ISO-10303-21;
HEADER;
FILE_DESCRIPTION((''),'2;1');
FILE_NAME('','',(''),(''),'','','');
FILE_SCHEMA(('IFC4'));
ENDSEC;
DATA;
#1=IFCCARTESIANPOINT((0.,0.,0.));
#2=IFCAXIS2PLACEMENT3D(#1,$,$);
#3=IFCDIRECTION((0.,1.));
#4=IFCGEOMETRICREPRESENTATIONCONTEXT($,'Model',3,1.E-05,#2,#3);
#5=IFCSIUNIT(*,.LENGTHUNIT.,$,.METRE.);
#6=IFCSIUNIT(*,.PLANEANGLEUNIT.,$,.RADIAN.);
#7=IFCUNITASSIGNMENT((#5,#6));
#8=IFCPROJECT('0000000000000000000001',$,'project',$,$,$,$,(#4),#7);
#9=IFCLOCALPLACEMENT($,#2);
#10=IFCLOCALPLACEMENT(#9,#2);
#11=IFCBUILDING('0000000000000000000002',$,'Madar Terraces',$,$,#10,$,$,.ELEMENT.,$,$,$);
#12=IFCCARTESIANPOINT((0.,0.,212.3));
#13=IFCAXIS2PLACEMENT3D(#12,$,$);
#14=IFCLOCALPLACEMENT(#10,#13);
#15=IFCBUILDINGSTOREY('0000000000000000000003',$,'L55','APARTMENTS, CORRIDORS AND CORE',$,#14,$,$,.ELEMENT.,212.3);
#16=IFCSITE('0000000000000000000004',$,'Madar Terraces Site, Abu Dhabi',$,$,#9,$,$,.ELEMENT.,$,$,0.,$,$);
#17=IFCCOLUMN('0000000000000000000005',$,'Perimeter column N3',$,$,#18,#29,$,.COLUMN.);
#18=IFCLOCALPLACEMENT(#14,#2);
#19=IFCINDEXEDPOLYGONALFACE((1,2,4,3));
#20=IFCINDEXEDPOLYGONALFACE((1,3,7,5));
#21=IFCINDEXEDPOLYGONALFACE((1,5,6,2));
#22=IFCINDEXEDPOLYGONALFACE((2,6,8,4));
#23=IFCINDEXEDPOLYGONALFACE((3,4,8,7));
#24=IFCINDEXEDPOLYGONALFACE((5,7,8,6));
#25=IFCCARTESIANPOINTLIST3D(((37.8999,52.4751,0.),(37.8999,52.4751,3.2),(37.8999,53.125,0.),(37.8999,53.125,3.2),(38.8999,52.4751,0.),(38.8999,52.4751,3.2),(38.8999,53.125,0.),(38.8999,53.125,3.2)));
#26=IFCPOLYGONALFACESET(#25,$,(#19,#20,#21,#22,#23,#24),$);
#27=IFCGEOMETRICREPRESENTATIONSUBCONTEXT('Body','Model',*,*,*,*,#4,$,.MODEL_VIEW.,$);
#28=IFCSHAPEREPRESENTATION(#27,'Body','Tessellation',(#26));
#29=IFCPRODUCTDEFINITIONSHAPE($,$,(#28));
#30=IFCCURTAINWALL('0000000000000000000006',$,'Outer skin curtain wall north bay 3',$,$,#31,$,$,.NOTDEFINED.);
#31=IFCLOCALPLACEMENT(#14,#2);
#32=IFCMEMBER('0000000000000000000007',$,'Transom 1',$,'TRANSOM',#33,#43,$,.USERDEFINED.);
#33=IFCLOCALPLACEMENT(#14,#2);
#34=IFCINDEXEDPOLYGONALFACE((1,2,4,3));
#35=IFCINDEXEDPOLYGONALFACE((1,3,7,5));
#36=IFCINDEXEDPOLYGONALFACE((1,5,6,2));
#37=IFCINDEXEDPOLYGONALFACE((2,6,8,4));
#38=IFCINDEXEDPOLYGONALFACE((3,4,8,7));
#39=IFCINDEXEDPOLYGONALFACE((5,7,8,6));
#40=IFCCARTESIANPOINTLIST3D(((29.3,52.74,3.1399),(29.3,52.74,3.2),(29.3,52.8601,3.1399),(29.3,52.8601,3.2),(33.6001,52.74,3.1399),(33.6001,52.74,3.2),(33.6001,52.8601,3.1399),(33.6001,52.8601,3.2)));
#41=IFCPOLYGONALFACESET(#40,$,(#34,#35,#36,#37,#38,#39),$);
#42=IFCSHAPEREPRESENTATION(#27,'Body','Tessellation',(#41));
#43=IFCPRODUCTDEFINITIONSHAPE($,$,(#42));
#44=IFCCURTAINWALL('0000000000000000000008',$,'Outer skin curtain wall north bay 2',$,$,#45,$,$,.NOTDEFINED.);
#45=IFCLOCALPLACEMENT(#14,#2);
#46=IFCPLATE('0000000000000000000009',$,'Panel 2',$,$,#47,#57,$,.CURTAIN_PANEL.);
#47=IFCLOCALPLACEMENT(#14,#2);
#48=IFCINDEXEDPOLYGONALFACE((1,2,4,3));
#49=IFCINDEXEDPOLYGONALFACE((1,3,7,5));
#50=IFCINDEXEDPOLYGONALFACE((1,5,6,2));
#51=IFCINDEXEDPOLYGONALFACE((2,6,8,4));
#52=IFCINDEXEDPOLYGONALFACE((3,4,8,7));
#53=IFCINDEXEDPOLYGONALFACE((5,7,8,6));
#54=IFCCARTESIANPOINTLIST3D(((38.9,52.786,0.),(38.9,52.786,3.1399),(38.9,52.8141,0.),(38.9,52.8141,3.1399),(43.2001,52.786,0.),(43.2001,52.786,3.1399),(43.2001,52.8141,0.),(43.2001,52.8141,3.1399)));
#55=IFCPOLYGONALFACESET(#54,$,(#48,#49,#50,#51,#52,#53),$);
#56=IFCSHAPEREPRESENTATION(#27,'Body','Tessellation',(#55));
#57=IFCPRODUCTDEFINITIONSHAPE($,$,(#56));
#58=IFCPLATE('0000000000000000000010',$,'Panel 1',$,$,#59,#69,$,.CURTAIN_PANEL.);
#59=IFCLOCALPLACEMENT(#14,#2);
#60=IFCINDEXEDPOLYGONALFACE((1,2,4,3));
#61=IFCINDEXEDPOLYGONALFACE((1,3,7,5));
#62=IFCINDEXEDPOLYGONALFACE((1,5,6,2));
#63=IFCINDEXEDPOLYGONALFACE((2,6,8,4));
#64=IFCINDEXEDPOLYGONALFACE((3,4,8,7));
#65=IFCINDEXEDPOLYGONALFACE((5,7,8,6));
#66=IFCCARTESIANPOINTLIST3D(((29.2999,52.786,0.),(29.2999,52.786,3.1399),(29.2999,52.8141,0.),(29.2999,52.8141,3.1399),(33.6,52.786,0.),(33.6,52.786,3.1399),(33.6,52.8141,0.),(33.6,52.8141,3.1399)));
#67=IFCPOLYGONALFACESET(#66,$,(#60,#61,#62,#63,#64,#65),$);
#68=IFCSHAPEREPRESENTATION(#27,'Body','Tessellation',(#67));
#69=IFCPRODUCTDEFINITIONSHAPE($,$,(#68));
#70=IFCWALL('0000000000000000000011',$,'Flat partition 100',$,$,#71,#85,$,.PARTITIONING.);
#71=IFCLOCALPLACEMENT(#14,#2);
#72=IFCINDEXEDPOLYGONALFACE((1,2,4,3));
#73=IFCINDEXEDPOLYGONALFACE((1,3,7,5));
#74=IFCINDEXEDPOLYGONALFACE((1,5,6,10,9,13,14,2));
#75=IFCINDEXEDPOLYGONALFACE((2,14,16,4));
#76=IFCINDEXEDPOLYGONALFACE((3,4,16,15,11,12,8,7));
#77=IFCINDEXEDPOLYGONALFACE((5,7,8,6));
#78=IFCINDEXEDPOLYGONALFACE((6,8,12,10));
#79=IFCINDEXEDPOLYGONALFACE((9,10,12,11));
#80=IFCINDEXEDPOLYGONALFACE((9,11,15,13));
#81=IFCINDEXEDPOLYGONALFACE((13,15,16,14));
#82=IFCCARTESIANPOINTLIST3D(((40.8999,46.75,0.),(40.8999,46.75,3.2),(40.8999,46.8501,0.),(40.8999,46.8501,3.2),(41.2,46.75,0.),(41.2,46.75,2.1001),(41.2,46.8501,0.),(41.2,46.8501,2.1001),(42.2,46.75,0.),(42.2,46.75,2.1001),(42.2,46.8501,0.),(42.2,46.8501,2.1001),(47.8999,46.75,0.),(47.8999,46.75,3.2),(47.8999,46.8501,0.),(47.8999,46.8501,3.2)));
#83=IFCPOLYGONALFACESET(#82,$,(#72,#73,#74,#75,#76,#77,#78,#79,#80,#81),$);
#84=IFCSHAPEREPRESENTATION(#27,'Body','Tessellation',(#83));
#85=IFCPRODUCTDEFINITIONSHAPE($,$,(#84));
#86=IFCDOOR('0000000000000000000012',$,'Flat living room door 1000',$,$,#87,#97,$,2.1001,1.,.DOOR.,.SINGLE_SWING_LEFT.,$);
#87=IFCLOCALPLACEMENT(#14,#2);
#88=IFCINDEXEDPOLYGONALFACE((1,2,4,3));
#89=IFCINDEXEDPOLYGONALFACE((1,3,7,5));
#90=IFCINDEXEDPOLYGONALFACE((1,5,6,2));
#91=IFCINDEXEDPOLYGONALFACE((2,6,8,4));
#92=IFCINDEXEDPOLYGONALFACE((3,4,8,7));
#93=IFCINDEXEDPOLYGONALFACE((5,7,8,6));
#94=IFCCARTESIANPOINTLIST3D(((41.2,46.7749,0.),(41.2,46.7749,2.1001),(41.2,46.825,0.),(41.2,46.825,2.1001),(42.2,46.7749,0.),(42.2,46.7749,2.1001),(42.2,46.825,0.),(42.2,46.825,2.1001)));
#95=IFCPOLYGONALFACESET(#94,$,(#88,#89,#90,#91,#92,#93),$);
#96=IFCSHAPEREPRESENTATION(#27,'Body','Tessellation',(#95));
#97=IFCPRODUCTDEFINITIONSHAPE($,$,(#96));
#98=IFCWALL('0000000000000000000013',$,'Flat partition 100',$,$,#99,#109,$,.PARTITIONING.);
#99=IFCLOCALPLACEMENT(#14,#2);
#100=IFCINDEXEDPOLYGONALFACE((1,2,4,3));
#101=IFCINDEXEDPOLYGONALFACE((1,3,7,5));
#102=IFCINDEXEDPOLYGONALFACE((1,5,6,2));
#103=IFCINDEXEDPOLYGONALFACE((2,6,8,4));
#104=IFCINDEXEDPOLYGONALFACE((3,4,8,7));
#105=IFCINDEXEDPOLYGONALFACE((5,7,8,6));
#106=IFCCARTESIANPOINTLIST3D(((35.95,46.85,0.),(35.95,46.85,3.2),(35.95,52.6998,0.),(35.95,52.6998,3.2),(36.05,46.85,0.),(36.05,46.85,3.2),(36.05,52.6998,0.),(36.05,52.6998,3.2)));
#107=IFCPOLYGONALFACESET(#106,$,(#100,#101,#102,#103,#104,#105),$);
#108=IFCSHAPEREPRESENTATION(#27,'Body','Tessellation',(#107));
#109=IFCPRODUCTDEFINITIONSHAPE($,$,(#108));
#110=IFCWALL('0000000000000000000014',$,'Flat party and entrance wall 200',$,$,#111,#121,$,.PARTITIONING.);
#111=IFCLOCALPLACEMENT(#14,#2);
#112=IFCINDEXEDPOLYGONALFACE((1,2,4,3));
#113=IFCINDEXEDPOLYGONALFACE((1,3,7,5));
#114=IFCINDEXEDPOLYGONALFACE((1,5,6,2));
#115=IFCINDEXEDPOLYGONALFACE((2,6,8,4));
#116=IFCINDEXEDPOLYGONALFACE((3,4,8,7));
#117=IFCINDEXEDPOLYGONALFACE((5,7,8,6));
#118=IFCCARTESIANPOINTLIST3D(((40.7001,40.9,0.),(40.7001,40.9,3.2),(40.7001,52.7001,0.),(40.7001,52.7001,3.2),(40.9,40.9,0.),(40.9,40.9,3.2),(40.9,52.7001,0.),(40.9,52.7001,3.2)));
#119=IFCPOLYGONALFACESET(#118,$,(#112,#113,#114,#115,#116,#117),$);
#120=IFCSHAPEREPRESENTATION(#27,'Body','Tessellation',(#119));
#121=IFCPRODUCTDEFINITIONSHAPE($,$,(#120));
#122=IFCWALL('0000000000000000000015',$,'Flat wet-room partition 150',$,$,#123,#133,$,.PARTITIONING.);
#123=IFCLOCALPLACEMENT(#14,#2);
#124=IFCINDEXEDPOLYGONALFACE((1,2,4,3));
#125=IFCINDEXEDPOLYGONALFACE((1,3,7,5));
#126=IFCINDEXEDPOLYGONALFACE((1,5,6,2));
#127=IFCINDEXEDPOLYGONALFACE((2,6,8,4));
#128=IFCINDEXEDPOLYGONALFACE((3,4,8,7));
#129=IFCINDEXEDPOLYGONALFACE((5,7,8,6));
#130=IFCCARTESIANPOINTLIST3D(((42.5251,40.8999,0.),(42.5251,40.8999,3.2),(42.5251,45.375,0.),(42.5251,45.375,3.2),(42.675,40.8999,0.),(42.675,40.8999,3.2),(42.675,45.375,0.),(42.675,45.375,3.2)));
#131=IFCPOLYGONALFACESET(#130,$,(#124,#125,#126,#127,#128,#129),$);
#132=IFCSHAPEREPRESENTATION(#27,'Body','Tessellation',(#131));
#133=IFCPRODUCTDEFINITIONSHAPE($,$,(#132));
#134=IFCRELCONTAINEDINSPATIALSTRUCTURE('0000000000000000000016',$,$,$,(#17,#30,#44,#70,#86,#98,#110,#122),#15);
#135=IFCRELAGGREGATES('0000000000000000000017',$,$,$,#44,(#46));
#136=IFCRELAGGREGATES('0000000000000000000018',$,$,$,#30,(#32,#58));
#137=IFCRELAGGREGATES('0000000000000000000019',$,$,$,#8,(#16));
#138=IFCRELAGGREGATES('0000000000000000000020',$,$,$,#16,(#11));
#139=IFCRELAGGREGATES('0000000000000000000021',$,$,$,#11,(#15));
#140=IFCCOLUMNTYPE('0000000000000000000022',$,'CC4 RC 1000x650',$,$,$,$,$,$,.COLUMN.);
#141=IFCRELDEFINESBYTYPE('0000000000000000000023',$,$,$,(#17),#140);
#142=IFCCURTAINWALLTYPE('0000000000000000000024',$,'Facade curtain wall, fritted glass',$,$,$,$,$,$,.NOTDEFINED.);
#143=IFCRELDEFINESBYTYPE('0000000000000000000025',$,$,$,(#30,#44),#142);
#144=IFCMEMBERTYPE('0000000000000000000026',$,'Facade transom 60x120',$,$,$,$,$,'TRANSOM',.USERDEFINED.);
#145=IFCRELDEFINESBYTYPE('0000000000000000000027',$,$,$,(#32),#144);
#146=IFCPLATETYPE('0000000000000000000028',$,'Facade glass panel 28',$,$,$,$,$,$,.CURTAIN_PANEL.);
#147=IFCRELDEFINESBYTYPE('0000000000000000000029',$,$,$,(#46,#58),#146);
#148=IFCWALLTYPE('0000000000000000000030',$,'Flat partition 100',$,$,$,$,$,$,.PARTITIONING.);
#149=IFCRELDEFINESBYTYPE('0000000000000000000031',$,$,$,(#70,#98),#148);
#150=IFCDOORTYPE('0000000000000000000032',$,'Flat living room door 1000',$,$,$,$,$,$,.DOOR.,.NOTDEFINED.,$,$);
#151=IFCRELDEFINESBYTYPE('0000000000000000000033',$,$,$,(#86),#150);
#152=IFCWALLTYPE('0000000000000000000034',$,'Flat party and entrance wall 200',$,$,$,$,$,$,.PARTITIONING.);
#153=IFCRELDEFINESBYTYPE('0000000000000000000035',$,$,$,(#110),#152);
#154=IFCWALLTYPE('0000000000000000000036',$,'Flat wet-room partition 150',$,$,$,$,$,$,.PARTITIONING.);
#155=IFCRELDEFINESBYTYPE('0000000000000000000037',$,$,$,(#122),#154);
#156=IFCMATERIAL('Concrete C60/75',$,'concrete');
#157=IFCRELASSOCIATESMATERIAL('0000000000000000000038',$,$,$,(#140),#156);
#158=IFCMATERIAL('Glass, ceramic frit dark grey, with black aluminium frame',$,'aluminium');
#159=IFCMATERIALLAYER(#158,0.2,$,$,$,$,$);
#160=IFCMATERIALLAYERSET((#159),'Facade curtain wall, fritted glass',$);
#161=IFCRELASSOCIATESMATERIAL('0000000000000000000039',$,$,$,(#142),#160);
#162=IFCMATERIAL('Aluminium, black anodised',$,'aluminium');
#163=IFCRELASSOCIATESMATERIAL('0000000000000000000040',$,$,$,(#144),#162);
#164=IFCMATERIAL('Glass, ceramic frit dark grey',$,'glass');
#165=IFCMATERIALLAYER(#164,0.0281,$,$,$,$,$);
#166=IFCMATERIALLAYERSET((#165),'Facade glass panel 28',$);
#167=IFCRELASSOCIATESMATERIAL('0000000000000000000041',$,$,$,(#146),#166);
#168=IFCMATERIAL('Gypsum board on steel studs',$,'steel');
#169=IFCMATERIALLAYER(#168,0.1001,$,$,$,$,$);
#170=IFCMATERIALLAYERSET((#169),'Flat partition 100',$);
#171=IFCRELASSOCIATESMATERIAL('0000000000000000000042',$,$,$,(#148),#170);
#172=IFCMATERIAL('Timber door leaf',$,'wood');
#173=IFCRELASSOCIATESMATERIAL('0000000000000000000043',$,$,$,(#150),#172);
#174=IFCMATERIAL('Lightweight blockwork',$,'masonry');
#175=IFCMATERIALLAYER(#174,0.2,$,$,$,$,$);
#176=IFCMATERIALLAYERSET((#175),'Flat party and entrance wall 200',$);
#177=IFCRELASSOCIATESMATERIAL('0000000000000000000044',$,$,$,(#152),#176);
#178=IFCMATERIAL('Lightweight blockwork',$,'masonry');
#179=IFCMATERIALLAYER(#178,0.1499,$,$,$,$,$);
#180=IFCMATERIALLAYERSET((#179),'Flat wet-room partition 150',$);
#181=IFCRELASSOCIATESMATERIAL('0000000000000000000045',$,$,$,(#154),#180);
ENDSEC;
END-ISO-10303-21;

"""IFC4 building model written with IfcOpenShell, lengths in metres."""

from ifc_helpers import new_model, si_unit, direction, frame, frame_2d, origin, origin_2d, place, context, subcontext, project, spatial, rectangle, extrude, material, layer, layer_set, material_profile, profile_set, type_object, element, fill, aggregate, save


model = new_model("IFC4")

# Units and contexts
model_context = context("Model", 3, precision=1e-05, world=origin(), true_north=direction((0.0, 1.0)))
body_context = subcontext(model_context, "Body", "Model", "MODEL_VIEW")
ifc_project = project(units=[si_unit("LENGTHUNIT", "METRE"), si_unit("PLANEANGLEUNIT", "RADIAN")], contexts=[model_context])

# Site, building, storey
site_placement = place(None, origin())
site = spatial("IfcSite", under=ifc_project, at=site_placement, Name="Madar Terraces Site, Abu Dhabi", CompositionType="ELEMENT", RefElevation=0.0)
building_placement = place(site_placement, origin())
building = spatial("IfcBuilding", under=site, at=building_placement, Name="Madar Terraces", CompositionType="ELEMENT")
storey_placement = place(building_placement, frame((0.0, 0.0, 212.3)))
storey = spatial("IfcBuildingStorey", under=building, at=storey_placement, Name="L55", Description="APARTMENTS, CORRIDORS AND CORE", CompositionType="ELEMENT", Elevation=212.3)

# Column
ifc_material_1 = material(Name="Concrete C60/75", Category="concrete")
ifc_material_profile_1 = material_profile(ifc_material_1, rectangle(XDim=1.0, YDim=0.6499, at=origin_2d()), Name="CC4 RC 1000x650")
ifc_profile_set_1 = profile_set([ifc_material_profile_1], Name="Concrete C60/75")
column_type = type_object("IfcColumnType", Name="CC4 RC 1000x650", PredefinedType="COLUMN", material=ifc_profile_set_1)
column_placement = place(storey_placement, frame((38.3999, 52.8, 0.0), z_axis=(0.0, 0.0, 1.0), x_axis=(1.0, 0.0, 0.0)))
element("IfcColumn", 1, at=column_placement, inside=storey, type_object=column_type, Name="Perimeter column N3", PredefinedType="COLUMN", context=body_context, shape_type="SweptSolid", body=[
    extrude(rectangle(XDim=1.0, YDim=0.6499, at=origin_2d()), origin(), (0.0, 0.0, 1.0), 3.2),
])

# Curtain wall, member
ifc_material_2 = material(Name="Glass, ceramic frit dark grey, with black aluminium frame", Category="aluminium")
ifc_layer_1 = layer(ifc_material_2, 0.2)
ifc_layer_set_1 = layer_set([ifc_layer_1], Name="Facade curtain wall, fritted glass")
curtain_wall_type = type_object("IfcCurtainWallType", Name="Facade curtain wall, fritted glass", PredefinedType="NOTDEFINED", material=ifc_layer_set_1)
curtain_wall_1_placement = place(storey_placement, origin())
curtain_wall_1 = element("IfcCurtainWall", 2, at=curtain_wall_1_placement, inside=storey, type_object=curtain_wall_type, Name="Outer skin curtain wall north bay 3", PredefinedType="NOTDEFINED")
ifc_material_3 = material(Name="Aluminium, black anodised", Category="aluminium")
ifc_material_profile_2 = material_profile(ifc_material_3, rectangle(XDim=0.1201, YDim=0.0601, at=origin_2d()), Name="Facade transom 60x120")
ifc_profile_set_2 = profile_set([ifc_material_profile_2], Name="Aluminium, black anodised")
member_type = type_object("IfcMemberType", Name="Facade transom 60x120", ElementType="TRANSOM", PredefinedType="USERDEFINED", material=ifc_profile_set_2)
member_placement = place(storey_placement, frame((33.6001, 52.8, 3.1699), z_axis=(-1.0, 0.0, 0.0), x_axis=(0.0, -1.0, 0.0)))
member = element("IfcMember", 3, at=member_placement, type_object=member_type, Name="Transom 1", ObjectType="TRANSOM", PredefinedType="USERDEFINED", context=body_context, shape_type="SweptSolid", body=[
    extrude(rectangle(XDim=0.1201, YDim=0.0601, at=origin_2d()), origin(), (0.0, 0.0, 1.0), 4.3),
])

# Curtain wall, plate
curtain_wall_2_placement = place(storey_placement, origin())
curtain_wall_2 = element("IfcCurtainWall", 4, at=curtain_wall_2_placement, inside=storey, type_object=curtain_wall_type, Name="Outer skin curtain wall north bay 2", PredefinedType="NOTDEFINED")
ifc_material_4 = material(Name="Glass, ceramic frit dark grey", Category="glass")
ifc_layer_2 = layer(ifc_material_4, 0.0281)
ifc_layer_set_2 = layer_set([ifc_layer_2], Name="Facade glass panel 28")
plate_type = type_object("IfcPlateType", Name="Facade glass panel 28", PredefinedType="CURTAIN_PANEL", material=ifc_layer_set_2)
plate_1_placement = place(storey_placement, frame((41.05, 52.8, 0.0), z_axis=(0.0, 0.0, 1.0), x_axis=(-1.0, 0.0, 0.0)))
plate_1 = element("IfcPlate", 5, at=plate_1_placement, type_object=plate_type, Name="Panel 2", PredefinedType="CURTAIN_PANEL", context=body_context, shape_type="SweptSolid", body=[
    extrude(rectangle(XDim=4.3, YDim=0.0281, at=origin_2d()), origin(), (0.0, 0.0, 1.0), 3.1399),
])
aggregate(curtain_wall_2, [plate_1])

# Plate
plate_2_placement = place(storey_placement, frame((31.45, 52.8, 0.0), z_axis=(0.0, 0.0, 1.0), x_axis=(-1.0, 0.0, 0.0)))
plate_2 = element("IfcPlate", 6, at=plate_2_placement, type_object=plate_type, Name="Panel 1", PredefinedType="CURTAIN_PANEL", context=body_context, shape_type="SweptSolid", body=[
    extrude(rectangle(XDim=4.3, YDim=0.0281, at=origin_2d()), origin(), (0.0, 0.0, 1.0), 3.1399),
])
aggregate(curtain_wall_1, [member, plate_2])

# Wall, opening, door
ifc_material_5 = material(Name="Gypsum board on steel studs", Category="steel")
ifc_layer_3 = layer(ifc_material_5, 0.1001)
ifc_layer_set_3 = layer_set([ifc_layer_3], Name="Flat partition 100")
wall_type_1 = type_object("IfcWallType", Name="Flat partition 100", PredefinedType="PARTITIONING", material=ifc_layer_set_3)
wall_1_placement = place(storey_placement, frame((40.8999, 46.8, 0.0), z_axis=(0.0, 0.0, 1.0), x_axis=(1.0, 0.0, 0.0)))
wall_1 = element("IfcWall", 7, at=wall_1_placement, inside=storey, type_object=wall_type_1, Name="Flat partition 100", PredefinedType="PARTITIONING", context=body_context, shape_type="SweptSolid", body=[
    extrude(rectangle(XDim=7.0, YDim=0.1001, at=frame_2d((3.5, 0.0))), origin(), (0.0, 0.0, 1.0), 3.2),
])
opening_1_placement = place(wall_1_placement, frame((0.3, 0.0, 0.0)))
opening_1 = element("IfcOpeningElement", 8, at=opening_1_placement, cuts=wall_1, PredefinedType="OPENING", context=body_context, shape_type="SweptSolid", body=[
    extrude(rectangle(XDim=1.0, YDim=2.1001, at=frame_2d((0.5, 1.05))), frame((0.0, 0.0601, 0.0), z_axis=(0.0, -1.0, 0.0), x_axis=(1.0, 0.0, 0.0)), (0.0, 0.0, 1.0), 0.1201),
])
ifc_material_6 = material(Name="Timber door leaf", Category="wood")
door_type_1 = type_object("IfcDoorType", Name="Flat living room door 1000", OperationType="NOTDEFINED", PredefinedType="DOOR", material=ifc_material_6)
door_1_placement = place(opening_1_placement, origin())
door_1 = element("IfcDoor", 9, at=door_1_placement, inside=storey, type_object=door_type_1, Name="Flat living room door 1000", OperationType="SINGLE_SWING_LEFT", OverallHeight=2.1001, OverallWidth=1.0, PredefinedType="DOOR", context=body_context, shape_type="SweptSolid", body=[
    extrude(rectangle(XDim=1.0, YDim=2.1001, at=frame_2d((0.5, 1.05))), frame((0.0, 0.0249, 0.0), z_axis=(0.0, -1.0, 0.0), x_axis=(1.0, 0.0, 0.0)), (0.0, 0.0, 1.0), 0.05),
])
fill(opening_1, door_1)

# Walls
wall_2_placement = place(storey_placement, frame((36.0, 46.8501, 0.0), z_axis=(0.0, 0.0, 1.0), x_axis=(0.0, 1.0, 0.0)))
element("IfcWall", 10, at=wall_2_placement, inside=storey, type_object=wall_type_1, Name="Flat partition 100", PredefinedType="PARTITIONING", context=body_context, shape_type="SweptSolid", body=[
    extrude(rectangle(XDim=5.8499, YDim=0.1001, at=frame_2d((2.9248, 0.0))), origin(), (0.0, 0.0, 1.0), 3.2),
])
ifc_material_7 = material(Name="Lightweight blockwork", Category="masonry")
ifc_layer_4 = layer(ifc_material_7, 0.2)
ifc_layer_set_4 = layer_set([ifc_layer_4], Name="Flat party and entrance wall 200")
wall_type_2 = type_object("IfcWallType", Name="Flat party and entrance wall 200", PredefinedType="PARTITIONING", material=ifc_layer_set_4)
wall_3_placement = place(storey_placement, frame((40.8, 52.7, 0.0), z_axis=(0.0, 0.0, 1.0), x_axis=(0.0, -1.0, 0.0)))
element("IfcWall", 11, at=wall_3_placement, inside=storey, type_object=wall_type_2, Name="Flat party and entrance wall 200", PredefinedType="PARTITIONING", context=body_context, shape_type="SweptSolid", body=[
    extrude(rectangle(XDim=11.8, YDim=0.2, at=frame_2d((5.8999, 0.0))), origin(), (0.0, 0.0, 1.0), 3.2),
])
ifc_material_8 = material(Name="Lightweight blockwork", Category="masonry")
ifc_layer_5 = layer(ifc_material_8, 0.1499)
ifc_layer_set_5 = layer_set([ifc_layer_5], Name="Flat wet-room partition 150")
wall_type_3 = type_object("IfcWallType", Name="Flat wet-room partition 150", PredefinedType="PARTITIONING", material=ifc_layer_set_5)
wall_4_placement = place(storey_placement, frame((42.6001, 40.8999, 0.0), z_axis=(0.0, 0.0, 1.0), x_axis=(0.0, 1.0, 0.0)))
element("IfcWall", 12, at=wall_4_placement, inside=storey, type_object=wall_type_3, Name="Flat wet-room partition 150", PredefinedType="PARTITIONING", context=body_context, shape_type="SweptSolid", body=[
    extrude(rectangle(XDim=4.4751, YDim=0.1499, at=frame_2d((2.2375, 0.0))), origin(), (0.0, 0.0, 1.0), 3.2),
])

save(model, "model.ifc")
